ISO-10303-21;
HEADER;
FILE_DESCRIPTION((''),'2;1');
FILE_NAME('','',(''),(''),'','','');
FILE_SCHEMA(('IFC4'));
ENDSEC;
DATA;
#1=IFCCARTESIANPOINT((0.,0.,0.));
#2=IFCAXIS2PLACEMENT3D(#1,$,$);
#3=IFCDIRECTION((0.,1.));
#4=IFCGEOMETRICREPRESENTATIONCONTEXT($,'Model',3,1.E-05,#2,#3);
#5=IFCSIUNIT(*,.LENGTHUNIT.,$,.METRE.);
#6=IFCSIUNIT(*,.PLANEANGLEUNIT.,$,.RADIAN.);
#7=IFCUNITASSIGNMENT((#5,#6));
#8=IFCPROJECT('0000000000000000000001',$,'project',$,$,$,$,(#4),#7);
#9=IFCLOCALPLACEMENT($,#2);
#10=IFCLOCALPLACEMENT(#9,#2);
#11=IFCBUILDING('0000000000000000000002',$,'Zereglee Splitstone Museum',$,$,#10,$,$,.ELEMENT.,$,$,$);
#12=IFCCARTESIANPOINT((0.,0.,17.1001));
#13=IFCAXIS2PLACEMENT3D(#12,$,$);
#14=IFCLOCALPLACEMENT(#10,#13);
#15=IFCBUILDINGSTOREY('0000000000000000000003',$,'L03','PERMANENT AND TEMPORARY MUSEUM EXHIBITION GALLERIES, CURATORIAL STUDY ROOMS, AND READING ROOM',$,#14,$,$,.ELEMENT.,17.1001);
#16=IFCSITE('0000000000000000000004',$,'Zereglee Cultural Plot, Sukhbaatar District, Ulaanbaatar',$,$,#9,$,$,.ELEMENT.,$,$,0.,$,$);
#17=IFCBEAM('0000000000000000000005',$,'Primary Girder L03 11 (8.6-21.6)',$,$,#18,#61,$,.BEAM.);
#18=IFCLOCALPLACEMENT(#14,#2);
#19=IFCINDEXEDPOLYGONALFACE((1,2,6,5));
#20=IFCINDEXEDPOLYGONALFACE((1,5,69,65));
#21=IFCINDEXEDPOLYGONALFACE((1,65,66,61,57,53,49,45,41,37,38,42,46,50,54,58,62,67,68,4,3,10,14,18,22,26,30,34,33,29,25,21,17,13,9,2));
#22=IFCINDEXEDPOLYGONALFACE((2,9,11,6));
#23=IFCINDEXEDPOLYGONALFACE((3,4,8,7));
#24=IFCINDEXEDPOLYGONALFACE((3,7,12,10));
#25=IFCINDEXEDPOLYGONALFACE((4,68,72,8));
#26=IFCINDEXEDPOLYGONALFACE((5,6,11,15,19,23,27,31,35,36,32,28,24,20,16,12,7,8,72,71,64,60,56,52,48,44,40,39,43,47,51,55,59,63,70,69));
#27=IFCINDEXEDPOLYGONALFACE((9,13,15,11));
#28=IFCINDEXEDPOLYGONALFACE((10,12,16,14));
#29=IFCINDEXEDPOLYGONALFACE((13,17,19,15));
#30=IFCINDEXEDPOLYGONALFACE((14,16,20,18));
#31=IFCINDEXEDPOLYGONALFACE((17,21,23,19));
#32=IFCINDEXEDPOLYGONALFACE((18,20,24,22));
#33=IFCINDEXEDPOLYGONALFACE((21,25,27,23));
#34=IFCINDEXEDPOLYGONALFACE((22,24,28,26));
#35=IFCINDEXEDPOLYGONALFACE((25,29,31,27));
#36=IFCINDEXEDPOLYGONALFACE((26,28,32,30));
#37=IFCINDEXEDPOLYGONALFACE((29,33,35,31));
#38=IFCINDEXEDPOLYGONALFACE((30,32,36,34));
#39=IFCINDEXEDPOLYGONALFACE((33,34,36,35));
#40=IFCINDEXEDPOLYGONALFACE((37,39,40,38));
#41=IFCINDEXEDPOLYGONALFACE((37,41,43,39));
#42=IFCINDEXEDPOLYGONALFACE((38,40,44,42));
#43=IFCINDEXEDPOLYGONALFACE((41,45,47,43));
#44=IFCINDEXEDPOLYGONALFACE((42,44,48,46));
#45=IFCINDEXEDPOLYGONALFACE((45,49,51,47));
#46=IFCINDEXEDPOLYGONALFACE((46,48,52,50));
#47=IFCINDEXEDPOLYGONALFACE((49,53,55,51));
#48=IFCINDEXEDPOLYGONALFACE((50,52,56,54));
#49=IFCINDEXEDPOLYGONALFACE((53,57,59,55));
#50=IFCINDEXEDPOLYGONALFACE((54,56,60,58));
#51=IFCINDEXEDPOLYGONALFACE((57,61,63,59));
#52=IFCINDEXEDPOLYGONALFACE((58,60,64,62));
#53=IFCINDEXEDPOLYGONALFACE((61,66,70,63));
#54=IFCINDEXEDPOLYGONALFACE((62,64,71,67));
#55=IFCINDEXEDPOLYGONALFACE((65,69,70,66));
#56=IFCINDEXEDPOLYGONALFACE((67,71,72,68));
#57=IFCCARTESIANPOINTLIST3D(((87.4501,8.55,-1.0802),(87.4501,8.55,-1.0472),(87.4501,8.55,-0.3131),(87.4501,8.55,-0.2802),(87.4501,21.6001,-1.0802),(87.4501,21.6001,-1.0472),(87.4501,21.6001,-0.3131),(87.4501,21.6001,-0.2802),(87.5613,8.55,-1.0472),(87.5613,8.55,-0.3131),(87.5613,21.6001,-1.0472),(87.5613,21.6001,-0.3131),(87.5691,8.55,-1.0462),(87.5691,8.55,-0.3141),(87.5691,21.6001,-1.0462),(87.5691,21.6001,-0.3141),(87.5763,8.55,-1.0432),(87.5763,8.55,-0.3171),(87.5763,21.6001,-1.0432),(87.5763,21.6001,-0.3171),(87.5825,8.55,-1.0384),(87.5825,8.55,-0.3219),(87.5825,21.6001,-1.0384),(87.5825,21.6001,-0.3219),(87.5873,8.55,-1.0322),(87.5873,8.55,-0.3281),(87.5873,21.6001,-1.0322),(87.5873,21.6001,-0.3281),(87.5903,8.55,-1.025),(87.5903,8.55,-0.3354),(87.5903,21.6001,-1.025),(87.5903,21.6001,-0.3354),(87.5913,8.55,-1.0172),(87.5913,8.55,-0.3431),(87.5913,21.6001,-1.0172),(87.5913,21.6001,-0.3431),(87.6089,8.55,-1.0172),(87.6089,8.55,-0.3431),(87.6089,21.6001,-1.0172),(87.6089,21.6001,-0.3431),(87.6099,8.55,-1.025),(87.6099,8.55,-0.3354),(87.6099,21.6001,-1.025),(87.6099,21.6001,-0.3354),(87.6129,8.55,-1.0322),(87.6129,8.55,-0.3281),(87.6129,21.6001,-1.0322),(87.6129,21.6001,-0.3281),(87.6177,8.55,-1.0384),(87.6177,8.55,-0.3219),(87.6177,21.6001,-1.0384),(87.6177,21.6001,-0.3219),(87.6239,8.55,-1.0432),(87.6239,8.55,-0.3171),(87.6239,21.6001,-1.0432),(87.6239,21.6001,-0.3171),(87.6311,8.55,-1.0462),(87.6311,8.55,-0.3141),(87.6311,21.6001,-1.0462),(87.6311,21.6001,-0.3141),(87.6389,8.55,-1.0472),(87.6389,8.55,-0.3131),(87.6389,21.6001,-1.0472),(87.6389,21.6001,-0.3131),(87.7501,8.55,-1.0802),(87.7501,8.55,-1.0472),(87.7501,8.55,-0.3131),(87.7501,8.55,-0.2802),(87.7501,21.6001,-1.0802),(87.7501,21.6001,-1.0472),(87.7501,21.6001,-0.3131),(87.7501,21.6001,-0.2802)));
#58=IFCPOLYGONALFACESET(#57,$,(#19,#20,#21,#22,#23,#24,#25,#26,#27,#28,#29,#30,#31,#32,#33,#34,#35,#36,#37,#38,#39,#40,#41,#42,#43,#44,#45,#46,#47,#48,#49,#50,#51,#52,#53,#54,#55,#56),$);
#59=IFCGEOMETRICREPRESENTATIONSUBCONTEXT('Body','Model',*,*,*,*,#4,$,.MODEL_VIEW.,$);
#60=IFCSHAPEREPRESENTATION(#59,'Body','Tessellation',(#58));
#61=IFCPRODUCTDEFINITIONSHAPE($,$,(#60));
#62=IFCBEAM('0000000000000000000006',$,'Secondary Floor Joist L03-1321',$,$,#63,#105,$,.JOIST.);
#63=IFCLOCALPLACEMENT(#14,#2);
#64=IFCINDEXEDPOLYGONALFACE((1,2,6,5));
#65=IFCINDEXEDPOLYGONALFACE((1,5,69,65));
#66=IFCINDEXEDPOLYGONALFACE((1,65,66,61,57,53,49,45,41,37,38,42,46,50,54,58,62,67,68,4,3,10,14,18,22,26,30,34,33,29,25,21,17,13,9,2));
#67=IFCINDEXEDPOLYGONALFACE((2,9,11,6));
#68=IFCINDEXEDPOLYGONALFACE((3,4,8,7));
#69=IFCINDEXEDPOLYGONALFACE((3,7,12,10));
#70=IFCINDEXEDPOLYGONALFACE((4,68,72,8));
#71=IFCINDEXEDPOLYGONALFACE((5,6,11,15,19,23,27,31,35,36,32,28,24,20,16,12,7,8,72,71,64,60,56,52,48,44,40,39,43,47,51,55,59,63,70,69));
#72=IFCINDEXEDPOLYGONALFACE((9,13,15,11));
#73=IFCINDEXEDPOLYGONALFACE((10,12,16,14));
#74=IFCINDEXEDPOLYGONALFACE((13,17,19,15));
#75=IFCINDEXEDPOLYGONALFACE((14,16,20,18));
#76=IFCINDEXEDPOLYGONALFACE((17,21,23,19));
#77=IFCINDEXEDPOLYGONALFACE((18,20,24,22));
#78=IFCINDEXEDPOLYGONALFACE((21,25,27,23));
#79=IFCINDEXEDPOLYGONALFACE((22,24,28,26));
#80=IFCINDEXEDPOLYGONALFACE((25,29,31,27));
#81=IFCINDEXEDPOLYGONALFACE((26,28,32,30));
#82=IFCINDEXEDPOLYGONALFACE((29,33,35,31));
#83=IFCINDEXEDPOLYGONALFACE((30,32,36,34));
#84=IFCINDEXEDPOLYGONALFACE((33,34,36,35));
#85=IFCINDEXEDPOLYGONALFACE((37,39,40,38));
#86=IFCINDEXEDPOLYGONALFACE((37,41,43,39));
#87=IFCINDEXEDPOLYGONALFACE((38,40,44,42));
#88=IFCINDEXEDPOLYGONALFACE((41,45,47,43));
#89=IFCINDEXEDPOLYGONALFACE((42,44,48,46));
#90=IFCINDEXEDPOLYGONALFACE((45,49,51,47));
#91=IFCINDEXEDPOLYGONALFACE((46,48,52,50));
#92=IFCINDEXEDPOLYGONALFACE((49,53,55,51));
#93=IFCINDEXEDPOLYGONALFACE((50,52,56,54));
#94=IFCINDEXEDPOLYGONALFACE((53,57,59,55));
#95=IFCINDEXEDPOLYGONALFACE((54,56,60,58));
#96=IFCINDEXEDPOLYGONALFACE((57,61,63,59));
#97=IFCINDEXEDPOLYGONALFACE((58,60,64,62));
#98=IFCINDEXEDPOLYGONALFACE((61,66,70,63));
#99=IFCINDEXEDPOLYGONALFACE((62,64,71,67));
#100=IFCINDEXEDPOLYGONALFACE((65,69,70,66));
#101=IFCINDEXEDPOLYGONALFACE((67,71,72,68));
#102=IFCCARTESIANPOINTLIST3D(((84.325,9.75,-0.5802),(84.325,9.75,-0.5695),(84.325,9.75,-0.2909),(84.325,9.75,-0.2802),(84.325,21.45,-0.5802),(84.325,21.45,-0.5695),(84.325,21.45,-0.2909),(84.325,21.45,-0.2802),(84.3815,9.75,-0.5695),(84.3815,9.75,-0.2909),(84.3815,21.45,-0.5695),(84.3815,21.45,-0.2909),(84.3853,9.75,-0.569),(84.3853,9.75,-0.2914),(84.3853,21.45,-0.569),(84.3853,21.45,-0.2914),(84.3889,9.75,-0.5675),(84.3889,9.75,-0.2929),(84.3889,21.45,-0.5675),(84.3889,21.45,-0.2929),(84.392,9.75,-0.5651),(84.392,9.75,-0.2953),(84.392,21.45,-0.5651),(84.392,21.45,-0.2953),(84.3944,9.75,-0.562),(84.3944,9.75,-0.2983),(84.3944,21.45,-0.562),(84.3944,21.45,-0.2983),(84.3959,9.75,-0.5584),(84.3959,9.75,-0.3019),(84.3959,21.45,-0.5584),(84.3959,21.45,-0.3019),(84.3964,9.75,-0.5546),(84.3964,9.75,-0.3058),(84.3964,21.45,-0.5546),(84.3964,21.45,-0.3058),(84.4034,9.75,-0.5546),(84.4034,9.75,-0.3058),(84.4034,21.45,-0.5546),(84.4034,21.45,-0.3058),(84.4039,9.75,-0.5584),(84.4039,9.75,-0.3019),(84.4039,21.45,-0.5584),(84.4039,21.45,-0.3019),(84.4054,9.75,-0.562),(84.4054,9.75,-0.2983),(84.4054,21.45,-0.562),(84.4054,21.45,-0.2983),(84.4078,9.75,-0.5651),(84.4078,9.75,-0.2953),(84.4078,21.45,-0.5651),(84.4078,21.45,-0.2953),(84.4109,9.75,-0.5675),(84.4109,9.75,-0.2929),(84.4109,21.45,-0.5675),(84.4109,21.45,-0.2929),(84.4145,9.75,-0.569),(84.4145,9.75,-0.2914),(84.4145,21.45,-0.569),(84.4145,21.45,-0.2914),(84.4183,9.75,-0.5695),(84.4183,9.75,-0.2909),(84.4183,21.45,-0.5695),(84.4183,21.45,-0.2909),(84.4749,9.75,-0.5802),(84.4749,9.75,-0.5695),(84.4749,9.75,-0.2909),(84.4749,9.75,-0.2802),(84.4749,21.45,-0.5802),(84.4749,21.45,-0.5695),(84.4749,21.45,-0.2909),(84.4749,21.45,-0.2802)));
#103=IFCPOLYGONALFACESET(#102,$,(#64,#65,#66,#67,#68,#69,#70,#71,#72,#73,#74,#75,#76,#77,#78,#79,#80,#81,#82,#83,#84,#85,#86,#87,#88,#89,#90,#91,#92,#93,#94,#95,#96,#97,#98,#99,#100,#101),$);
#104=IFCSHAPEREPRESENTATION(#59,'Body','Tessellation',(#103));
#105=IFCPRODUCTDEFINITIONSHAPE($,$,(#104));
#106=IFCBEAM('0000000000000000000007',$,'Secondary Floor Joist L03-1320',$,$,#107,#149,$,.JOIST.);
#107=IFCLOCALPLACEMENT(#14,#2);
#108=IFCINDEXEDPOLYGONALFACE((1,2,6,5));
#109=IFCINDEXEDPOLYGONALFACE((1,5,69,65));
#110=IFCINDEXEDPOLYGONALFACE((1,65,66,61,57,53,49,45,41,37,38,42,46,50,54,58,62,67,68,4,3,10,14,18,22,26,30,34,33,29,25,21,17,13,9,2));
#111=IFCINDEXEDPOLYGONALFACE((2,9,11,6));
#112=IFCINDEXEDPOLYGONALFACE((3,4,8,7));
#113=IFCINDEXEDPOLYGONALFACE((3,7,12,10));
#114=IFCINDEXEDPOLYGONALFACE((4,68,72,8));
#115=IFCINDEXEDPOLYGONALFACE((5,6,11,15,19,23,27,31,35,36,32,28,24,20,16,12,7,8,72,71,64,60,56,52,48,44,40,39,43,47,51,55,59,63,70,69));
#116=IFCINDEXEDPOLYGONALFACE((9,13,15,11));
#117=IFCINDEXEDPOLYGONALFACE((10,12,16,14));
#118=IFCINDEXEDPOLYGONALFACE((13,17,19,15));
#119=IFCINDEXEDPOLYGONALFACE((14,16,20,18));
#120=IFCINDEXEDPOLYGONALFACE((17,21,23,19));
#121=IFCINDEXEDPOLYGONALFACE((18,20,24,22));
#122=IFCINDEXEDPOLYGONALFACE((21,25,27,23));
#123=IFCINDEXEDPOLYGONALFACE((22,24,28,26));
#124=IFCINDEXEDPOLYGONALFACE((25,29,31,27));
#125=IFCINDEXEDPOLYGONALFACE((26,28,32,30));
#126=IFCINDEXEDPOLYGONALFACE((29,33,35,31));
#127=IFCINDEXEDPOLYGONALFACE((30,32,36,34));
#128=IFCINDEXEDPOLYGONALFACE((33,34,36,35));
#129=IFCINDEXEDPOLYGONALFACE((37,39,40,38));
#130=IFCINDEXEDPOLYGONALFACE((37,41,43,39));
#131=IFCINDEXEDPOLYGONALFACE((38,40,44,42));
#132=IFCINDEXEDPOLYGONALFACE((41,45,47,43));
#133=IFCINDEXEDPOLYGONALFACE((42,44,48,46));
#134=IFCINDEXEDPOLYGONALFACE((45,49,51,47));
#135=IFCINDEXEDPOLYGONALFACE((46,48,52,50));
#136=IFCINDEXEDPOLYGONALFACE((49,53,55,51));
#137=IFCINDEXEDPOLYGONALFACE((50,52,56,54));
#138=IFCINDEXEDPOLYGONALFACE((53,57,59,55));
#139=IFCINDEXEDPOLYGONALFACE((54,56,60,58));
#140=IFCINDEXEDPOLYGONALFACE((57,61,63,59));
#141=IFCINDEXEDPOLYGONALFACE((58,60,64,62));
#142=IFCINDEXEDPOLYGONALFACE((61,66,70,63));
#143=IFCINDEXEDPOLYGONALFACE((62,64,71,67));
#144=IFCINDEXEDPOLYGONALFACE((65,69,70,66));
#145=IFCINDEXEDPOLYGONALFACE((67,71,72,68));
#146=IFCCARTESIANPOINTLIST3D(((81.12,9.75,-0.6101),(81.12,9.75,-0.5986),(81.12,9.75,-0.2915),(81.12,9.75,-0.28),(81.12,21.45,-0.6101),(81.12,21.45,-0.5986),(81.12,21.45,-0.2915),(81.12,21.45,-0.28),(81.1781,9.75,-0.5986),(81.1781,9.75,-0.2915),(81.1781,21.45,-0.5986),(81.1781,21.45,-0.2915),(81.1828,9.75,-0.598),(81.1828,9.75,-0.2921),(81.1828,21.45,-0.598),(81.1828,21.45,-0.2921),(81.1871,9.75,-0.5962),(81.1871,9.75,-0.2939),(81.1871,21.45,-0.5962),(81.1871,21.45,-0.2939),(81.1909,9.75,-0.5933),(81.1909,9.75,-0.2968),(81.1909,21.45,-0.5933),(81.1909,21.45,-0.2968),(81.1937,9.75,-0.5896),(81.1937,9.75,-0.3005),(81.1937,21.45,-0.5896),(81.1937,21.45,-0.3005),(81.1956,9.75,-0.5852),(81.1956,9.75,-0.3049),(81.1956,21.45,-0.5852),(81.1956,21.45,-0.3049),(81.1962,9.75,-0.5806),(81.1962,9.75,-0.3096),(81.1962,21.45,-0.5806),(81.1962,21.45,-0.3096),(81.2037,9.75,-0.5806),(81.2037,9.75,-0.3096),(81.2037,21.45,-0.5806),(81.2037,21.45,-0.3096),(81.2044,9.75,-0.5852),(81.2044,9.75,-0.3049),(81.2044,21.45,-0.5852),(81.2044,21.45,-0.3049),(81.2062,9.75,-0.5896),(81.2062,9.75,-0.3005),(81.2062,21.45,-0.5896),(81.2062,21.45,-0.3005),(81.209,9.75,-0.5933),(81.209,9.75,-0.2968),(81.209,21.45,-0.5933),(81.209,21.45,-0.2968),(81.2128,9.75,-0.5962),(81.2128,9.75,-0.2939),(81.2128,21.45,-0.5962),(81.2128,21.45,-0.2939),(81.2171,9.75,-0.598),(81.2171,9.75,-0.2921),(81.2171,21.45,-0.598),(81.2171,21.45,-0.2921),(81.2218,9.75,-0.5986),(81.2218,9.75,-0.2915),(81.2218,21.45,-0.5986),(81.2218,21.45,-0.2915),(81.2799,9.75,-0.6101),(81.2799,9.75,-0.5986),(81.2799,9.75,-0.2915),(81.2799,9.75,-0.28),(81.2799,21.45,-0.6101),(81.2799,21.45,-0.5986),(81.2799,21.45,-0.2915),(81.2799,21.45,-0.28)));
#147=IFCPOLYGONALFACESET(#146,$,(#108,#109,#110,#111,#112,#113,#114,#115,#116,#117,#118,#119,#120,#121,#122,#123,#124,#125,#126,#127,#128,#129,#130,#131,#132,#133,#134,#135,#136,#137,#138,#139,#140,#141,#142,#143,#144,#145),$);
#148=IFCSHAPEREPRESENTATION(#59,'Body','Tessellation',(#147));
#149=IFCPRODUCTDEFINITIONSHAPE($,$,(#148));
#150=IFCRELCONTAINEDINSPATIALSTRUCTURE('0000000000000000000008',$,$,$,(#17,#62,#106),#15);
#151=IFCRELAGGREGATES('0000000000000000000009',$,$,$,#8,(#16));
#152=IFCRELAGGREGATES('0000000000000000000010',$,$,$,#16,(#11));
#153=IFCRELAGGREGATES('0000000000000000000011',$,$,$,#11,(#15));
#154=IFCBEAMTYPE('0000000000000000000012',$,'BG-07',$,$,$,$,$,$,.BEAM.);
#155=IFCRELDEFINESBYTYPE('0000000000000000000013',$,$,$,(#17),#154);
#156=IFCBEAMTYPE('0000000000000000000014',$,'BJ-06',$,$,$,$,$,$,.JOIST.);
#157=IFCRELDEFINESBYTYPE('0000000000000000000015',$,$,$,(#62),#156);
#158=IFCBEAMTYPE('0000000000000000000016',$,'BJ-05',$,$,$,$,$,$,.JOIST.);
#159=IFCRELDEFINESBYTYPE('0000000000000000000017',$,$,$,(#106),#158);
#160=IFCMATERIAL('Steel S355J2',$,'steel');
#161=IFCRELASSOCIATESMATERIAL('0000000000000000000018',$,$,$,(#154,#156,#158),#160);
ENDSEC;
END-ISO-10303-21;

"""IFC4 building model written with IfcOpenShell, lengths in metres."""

from ifc_helpers import new_model, si_unit, direction, frame, origin, origin_2d, place, context, subcontext, project, spatial, i_section, extrude, material, material_profile, profile_set, type_object, element, save


model = new_model("IFC4")

# Units and contexts
model_context = context("Model", 3, precision=1e-05, world=origin(), true_north=direction((0.0, 1.0)))
body_context = subcontext(model_context, "Body", "Model", "MODEL_VIEW")
ifc_project = project(units=[si_unit("LENGTHUNIT", "METRE"), si_unit("PLANEANGLEUNIT", "RADIAN")], contexts=[model_context])

# Site, building, storey
site_placement = place(None, origin())
site = spatial("IfcSite", under=ifc_project, at=site_placement, Name="Zereglee Cultural Plot, Sukhbaatar District, Ulaanbaatar", CompositionType="ELEMENT", RefElevation=0.0)
building_placement = place(site_placement, origin())
building = spatial("IfcBuilding", under=site, at=building_placement, Name="Zereglee Splitstone Museum", CompositionType="ELEMENT")
storey_placement = place(building_placement, frame((0.0, 0.0, 17.1001)))
storey = spatial("IfcBuildingStorey", under=building, at=storey_placement, Name="L03", Description="PERMANENT AND TEMPORARY MUSEUM EXHIBITION GALLERIES, CURATORIAL STUDY ROOMS, AND READING ROOM", CompositionType="ELEMENT", Elevation=17.1001)

# Shared definitions
ifc_material_1 = material(Name="Steel S355J2", Category="steel")

# Beams
ifc_material_profile_1 = material_profile(ifc_material_1, i_section(OverallWidth=0.3, OverallDepth=0.8, WebThickness=0.0176, FlangeThickness=0.033, FilletRadius=0.03, at=origin_2d()), Name="HE 800 B")
ifc_profile_set_1 = profile_set([ifc_material_profile_1], Name="Steel S355J2")
beam_type_1 = type_object("IfcBeamType", Name="BG-07", PredefinedType="BEAM", material=ifc_profile_set_1)
beam_1_placement = place(storey_placement, frame((87.6001, 8.55, -0.6802), z_axis=(0.0, 1.0, 0.0), x_axis=(-1.0, 0.0, 0.0)))
element("IfcBeam", 1, at=beam_1_placement, inside=storey, type_object=beam_type_1, Name="Primary Girder L03 11 (8.6-21.6)", PredefinedType="BEAM", context=body_context, shape_type="SweptSolid", body=[
    extrude(i_section(OverallWidth=0.3, OverallDepth=0.8, WebThickness=0.0176, FlangeThickness=0.033, FilletRadius=0.03, at=origin_2d()), origin(), (0.0, 0.0, 1.0), 13.05),
])
ifc_material_profile_2 = material_profile(ifc_material_1, i_section(OverallWidth=0.1499, OverallDepth=0.3, WebThickness=0.0071, FlangeThickness=0.0107, FilletRadius=0.0149, at=origin_2d()), Name="IPE 300")
ifc_profile_set_2 = profile_set([ifc_material_profile_2], Name="Steel S355J2")
beam_type_2 = type_object("IfcBeamType", Name="BJ-06", PredefinedType="JOIST", material=ifc_profile_set_2)
beam_2_placement = place(storey_placement, frame((84.3999, 9.75, -0.4302), z_axis=(0.0, 1.0, 0.0), x_axis=(-1.0, 0.0, 0.0)))
element("IfcBeam", 2, at=beam_2_placement, inside=storey, type_object=beam_type_2, Name="Secondary Floor Joist L03-1321", PredefinedType="JOIST", context=body_context, shape_type="SweptSolid", body=[
    extrude(i_section(OverallWidth=0.1499, OverallDepth=0.3, WebThickness=0.0071, FlangeThickness=0.0107, FilletRadius=0.0149, at=origin_2d()), origin(), (0.0, 0.0, 1.0), 11.7),
])
ifc_material_profile_3 = material_profile(ifc_material_1, i_section(OverallWidth=0.1599, OverallDepth=0.3301, WebThickness=0.0076, FlangeThickness=0.0115, FilletRadius=0.0181, at=origin_2d()), Name="IPE 330")
ifc_profile_set_3 = profile_set([ifc_material_profile_3], Name="Steel S355J2")
beam_type_3 = type_object("IfcBeamType", Name="BJ-05", PredefinedType="JOIST", material=ifc_profile_set_3)
beam_3_placement = place(storey_placement, frame((81.2, 9.75, -0.4451), z_axis=(0.0, 1.0, 0.0), x_axis=(-1.0, 0.0, 0.0)))
element("IfcBeam", 3, at=beam_3_placement, inside=storey, type_object=beam_type_3, Name="Secondary Floor Joist L03-1320", PredefinedType="JOIST", context=body_context, shape_type="SweptSolid", body=[
    extrude(i_section(OverallWidth=0.1599, OverallDepth=0.3301, WebThickness=0.0076, FlangeThickness=0.0115, FilletRadius=0.0181, at=origin_2d()), origin(), (0.0, 0.0, 1.0), 11.7),
])

save(model, "model.ifc")
